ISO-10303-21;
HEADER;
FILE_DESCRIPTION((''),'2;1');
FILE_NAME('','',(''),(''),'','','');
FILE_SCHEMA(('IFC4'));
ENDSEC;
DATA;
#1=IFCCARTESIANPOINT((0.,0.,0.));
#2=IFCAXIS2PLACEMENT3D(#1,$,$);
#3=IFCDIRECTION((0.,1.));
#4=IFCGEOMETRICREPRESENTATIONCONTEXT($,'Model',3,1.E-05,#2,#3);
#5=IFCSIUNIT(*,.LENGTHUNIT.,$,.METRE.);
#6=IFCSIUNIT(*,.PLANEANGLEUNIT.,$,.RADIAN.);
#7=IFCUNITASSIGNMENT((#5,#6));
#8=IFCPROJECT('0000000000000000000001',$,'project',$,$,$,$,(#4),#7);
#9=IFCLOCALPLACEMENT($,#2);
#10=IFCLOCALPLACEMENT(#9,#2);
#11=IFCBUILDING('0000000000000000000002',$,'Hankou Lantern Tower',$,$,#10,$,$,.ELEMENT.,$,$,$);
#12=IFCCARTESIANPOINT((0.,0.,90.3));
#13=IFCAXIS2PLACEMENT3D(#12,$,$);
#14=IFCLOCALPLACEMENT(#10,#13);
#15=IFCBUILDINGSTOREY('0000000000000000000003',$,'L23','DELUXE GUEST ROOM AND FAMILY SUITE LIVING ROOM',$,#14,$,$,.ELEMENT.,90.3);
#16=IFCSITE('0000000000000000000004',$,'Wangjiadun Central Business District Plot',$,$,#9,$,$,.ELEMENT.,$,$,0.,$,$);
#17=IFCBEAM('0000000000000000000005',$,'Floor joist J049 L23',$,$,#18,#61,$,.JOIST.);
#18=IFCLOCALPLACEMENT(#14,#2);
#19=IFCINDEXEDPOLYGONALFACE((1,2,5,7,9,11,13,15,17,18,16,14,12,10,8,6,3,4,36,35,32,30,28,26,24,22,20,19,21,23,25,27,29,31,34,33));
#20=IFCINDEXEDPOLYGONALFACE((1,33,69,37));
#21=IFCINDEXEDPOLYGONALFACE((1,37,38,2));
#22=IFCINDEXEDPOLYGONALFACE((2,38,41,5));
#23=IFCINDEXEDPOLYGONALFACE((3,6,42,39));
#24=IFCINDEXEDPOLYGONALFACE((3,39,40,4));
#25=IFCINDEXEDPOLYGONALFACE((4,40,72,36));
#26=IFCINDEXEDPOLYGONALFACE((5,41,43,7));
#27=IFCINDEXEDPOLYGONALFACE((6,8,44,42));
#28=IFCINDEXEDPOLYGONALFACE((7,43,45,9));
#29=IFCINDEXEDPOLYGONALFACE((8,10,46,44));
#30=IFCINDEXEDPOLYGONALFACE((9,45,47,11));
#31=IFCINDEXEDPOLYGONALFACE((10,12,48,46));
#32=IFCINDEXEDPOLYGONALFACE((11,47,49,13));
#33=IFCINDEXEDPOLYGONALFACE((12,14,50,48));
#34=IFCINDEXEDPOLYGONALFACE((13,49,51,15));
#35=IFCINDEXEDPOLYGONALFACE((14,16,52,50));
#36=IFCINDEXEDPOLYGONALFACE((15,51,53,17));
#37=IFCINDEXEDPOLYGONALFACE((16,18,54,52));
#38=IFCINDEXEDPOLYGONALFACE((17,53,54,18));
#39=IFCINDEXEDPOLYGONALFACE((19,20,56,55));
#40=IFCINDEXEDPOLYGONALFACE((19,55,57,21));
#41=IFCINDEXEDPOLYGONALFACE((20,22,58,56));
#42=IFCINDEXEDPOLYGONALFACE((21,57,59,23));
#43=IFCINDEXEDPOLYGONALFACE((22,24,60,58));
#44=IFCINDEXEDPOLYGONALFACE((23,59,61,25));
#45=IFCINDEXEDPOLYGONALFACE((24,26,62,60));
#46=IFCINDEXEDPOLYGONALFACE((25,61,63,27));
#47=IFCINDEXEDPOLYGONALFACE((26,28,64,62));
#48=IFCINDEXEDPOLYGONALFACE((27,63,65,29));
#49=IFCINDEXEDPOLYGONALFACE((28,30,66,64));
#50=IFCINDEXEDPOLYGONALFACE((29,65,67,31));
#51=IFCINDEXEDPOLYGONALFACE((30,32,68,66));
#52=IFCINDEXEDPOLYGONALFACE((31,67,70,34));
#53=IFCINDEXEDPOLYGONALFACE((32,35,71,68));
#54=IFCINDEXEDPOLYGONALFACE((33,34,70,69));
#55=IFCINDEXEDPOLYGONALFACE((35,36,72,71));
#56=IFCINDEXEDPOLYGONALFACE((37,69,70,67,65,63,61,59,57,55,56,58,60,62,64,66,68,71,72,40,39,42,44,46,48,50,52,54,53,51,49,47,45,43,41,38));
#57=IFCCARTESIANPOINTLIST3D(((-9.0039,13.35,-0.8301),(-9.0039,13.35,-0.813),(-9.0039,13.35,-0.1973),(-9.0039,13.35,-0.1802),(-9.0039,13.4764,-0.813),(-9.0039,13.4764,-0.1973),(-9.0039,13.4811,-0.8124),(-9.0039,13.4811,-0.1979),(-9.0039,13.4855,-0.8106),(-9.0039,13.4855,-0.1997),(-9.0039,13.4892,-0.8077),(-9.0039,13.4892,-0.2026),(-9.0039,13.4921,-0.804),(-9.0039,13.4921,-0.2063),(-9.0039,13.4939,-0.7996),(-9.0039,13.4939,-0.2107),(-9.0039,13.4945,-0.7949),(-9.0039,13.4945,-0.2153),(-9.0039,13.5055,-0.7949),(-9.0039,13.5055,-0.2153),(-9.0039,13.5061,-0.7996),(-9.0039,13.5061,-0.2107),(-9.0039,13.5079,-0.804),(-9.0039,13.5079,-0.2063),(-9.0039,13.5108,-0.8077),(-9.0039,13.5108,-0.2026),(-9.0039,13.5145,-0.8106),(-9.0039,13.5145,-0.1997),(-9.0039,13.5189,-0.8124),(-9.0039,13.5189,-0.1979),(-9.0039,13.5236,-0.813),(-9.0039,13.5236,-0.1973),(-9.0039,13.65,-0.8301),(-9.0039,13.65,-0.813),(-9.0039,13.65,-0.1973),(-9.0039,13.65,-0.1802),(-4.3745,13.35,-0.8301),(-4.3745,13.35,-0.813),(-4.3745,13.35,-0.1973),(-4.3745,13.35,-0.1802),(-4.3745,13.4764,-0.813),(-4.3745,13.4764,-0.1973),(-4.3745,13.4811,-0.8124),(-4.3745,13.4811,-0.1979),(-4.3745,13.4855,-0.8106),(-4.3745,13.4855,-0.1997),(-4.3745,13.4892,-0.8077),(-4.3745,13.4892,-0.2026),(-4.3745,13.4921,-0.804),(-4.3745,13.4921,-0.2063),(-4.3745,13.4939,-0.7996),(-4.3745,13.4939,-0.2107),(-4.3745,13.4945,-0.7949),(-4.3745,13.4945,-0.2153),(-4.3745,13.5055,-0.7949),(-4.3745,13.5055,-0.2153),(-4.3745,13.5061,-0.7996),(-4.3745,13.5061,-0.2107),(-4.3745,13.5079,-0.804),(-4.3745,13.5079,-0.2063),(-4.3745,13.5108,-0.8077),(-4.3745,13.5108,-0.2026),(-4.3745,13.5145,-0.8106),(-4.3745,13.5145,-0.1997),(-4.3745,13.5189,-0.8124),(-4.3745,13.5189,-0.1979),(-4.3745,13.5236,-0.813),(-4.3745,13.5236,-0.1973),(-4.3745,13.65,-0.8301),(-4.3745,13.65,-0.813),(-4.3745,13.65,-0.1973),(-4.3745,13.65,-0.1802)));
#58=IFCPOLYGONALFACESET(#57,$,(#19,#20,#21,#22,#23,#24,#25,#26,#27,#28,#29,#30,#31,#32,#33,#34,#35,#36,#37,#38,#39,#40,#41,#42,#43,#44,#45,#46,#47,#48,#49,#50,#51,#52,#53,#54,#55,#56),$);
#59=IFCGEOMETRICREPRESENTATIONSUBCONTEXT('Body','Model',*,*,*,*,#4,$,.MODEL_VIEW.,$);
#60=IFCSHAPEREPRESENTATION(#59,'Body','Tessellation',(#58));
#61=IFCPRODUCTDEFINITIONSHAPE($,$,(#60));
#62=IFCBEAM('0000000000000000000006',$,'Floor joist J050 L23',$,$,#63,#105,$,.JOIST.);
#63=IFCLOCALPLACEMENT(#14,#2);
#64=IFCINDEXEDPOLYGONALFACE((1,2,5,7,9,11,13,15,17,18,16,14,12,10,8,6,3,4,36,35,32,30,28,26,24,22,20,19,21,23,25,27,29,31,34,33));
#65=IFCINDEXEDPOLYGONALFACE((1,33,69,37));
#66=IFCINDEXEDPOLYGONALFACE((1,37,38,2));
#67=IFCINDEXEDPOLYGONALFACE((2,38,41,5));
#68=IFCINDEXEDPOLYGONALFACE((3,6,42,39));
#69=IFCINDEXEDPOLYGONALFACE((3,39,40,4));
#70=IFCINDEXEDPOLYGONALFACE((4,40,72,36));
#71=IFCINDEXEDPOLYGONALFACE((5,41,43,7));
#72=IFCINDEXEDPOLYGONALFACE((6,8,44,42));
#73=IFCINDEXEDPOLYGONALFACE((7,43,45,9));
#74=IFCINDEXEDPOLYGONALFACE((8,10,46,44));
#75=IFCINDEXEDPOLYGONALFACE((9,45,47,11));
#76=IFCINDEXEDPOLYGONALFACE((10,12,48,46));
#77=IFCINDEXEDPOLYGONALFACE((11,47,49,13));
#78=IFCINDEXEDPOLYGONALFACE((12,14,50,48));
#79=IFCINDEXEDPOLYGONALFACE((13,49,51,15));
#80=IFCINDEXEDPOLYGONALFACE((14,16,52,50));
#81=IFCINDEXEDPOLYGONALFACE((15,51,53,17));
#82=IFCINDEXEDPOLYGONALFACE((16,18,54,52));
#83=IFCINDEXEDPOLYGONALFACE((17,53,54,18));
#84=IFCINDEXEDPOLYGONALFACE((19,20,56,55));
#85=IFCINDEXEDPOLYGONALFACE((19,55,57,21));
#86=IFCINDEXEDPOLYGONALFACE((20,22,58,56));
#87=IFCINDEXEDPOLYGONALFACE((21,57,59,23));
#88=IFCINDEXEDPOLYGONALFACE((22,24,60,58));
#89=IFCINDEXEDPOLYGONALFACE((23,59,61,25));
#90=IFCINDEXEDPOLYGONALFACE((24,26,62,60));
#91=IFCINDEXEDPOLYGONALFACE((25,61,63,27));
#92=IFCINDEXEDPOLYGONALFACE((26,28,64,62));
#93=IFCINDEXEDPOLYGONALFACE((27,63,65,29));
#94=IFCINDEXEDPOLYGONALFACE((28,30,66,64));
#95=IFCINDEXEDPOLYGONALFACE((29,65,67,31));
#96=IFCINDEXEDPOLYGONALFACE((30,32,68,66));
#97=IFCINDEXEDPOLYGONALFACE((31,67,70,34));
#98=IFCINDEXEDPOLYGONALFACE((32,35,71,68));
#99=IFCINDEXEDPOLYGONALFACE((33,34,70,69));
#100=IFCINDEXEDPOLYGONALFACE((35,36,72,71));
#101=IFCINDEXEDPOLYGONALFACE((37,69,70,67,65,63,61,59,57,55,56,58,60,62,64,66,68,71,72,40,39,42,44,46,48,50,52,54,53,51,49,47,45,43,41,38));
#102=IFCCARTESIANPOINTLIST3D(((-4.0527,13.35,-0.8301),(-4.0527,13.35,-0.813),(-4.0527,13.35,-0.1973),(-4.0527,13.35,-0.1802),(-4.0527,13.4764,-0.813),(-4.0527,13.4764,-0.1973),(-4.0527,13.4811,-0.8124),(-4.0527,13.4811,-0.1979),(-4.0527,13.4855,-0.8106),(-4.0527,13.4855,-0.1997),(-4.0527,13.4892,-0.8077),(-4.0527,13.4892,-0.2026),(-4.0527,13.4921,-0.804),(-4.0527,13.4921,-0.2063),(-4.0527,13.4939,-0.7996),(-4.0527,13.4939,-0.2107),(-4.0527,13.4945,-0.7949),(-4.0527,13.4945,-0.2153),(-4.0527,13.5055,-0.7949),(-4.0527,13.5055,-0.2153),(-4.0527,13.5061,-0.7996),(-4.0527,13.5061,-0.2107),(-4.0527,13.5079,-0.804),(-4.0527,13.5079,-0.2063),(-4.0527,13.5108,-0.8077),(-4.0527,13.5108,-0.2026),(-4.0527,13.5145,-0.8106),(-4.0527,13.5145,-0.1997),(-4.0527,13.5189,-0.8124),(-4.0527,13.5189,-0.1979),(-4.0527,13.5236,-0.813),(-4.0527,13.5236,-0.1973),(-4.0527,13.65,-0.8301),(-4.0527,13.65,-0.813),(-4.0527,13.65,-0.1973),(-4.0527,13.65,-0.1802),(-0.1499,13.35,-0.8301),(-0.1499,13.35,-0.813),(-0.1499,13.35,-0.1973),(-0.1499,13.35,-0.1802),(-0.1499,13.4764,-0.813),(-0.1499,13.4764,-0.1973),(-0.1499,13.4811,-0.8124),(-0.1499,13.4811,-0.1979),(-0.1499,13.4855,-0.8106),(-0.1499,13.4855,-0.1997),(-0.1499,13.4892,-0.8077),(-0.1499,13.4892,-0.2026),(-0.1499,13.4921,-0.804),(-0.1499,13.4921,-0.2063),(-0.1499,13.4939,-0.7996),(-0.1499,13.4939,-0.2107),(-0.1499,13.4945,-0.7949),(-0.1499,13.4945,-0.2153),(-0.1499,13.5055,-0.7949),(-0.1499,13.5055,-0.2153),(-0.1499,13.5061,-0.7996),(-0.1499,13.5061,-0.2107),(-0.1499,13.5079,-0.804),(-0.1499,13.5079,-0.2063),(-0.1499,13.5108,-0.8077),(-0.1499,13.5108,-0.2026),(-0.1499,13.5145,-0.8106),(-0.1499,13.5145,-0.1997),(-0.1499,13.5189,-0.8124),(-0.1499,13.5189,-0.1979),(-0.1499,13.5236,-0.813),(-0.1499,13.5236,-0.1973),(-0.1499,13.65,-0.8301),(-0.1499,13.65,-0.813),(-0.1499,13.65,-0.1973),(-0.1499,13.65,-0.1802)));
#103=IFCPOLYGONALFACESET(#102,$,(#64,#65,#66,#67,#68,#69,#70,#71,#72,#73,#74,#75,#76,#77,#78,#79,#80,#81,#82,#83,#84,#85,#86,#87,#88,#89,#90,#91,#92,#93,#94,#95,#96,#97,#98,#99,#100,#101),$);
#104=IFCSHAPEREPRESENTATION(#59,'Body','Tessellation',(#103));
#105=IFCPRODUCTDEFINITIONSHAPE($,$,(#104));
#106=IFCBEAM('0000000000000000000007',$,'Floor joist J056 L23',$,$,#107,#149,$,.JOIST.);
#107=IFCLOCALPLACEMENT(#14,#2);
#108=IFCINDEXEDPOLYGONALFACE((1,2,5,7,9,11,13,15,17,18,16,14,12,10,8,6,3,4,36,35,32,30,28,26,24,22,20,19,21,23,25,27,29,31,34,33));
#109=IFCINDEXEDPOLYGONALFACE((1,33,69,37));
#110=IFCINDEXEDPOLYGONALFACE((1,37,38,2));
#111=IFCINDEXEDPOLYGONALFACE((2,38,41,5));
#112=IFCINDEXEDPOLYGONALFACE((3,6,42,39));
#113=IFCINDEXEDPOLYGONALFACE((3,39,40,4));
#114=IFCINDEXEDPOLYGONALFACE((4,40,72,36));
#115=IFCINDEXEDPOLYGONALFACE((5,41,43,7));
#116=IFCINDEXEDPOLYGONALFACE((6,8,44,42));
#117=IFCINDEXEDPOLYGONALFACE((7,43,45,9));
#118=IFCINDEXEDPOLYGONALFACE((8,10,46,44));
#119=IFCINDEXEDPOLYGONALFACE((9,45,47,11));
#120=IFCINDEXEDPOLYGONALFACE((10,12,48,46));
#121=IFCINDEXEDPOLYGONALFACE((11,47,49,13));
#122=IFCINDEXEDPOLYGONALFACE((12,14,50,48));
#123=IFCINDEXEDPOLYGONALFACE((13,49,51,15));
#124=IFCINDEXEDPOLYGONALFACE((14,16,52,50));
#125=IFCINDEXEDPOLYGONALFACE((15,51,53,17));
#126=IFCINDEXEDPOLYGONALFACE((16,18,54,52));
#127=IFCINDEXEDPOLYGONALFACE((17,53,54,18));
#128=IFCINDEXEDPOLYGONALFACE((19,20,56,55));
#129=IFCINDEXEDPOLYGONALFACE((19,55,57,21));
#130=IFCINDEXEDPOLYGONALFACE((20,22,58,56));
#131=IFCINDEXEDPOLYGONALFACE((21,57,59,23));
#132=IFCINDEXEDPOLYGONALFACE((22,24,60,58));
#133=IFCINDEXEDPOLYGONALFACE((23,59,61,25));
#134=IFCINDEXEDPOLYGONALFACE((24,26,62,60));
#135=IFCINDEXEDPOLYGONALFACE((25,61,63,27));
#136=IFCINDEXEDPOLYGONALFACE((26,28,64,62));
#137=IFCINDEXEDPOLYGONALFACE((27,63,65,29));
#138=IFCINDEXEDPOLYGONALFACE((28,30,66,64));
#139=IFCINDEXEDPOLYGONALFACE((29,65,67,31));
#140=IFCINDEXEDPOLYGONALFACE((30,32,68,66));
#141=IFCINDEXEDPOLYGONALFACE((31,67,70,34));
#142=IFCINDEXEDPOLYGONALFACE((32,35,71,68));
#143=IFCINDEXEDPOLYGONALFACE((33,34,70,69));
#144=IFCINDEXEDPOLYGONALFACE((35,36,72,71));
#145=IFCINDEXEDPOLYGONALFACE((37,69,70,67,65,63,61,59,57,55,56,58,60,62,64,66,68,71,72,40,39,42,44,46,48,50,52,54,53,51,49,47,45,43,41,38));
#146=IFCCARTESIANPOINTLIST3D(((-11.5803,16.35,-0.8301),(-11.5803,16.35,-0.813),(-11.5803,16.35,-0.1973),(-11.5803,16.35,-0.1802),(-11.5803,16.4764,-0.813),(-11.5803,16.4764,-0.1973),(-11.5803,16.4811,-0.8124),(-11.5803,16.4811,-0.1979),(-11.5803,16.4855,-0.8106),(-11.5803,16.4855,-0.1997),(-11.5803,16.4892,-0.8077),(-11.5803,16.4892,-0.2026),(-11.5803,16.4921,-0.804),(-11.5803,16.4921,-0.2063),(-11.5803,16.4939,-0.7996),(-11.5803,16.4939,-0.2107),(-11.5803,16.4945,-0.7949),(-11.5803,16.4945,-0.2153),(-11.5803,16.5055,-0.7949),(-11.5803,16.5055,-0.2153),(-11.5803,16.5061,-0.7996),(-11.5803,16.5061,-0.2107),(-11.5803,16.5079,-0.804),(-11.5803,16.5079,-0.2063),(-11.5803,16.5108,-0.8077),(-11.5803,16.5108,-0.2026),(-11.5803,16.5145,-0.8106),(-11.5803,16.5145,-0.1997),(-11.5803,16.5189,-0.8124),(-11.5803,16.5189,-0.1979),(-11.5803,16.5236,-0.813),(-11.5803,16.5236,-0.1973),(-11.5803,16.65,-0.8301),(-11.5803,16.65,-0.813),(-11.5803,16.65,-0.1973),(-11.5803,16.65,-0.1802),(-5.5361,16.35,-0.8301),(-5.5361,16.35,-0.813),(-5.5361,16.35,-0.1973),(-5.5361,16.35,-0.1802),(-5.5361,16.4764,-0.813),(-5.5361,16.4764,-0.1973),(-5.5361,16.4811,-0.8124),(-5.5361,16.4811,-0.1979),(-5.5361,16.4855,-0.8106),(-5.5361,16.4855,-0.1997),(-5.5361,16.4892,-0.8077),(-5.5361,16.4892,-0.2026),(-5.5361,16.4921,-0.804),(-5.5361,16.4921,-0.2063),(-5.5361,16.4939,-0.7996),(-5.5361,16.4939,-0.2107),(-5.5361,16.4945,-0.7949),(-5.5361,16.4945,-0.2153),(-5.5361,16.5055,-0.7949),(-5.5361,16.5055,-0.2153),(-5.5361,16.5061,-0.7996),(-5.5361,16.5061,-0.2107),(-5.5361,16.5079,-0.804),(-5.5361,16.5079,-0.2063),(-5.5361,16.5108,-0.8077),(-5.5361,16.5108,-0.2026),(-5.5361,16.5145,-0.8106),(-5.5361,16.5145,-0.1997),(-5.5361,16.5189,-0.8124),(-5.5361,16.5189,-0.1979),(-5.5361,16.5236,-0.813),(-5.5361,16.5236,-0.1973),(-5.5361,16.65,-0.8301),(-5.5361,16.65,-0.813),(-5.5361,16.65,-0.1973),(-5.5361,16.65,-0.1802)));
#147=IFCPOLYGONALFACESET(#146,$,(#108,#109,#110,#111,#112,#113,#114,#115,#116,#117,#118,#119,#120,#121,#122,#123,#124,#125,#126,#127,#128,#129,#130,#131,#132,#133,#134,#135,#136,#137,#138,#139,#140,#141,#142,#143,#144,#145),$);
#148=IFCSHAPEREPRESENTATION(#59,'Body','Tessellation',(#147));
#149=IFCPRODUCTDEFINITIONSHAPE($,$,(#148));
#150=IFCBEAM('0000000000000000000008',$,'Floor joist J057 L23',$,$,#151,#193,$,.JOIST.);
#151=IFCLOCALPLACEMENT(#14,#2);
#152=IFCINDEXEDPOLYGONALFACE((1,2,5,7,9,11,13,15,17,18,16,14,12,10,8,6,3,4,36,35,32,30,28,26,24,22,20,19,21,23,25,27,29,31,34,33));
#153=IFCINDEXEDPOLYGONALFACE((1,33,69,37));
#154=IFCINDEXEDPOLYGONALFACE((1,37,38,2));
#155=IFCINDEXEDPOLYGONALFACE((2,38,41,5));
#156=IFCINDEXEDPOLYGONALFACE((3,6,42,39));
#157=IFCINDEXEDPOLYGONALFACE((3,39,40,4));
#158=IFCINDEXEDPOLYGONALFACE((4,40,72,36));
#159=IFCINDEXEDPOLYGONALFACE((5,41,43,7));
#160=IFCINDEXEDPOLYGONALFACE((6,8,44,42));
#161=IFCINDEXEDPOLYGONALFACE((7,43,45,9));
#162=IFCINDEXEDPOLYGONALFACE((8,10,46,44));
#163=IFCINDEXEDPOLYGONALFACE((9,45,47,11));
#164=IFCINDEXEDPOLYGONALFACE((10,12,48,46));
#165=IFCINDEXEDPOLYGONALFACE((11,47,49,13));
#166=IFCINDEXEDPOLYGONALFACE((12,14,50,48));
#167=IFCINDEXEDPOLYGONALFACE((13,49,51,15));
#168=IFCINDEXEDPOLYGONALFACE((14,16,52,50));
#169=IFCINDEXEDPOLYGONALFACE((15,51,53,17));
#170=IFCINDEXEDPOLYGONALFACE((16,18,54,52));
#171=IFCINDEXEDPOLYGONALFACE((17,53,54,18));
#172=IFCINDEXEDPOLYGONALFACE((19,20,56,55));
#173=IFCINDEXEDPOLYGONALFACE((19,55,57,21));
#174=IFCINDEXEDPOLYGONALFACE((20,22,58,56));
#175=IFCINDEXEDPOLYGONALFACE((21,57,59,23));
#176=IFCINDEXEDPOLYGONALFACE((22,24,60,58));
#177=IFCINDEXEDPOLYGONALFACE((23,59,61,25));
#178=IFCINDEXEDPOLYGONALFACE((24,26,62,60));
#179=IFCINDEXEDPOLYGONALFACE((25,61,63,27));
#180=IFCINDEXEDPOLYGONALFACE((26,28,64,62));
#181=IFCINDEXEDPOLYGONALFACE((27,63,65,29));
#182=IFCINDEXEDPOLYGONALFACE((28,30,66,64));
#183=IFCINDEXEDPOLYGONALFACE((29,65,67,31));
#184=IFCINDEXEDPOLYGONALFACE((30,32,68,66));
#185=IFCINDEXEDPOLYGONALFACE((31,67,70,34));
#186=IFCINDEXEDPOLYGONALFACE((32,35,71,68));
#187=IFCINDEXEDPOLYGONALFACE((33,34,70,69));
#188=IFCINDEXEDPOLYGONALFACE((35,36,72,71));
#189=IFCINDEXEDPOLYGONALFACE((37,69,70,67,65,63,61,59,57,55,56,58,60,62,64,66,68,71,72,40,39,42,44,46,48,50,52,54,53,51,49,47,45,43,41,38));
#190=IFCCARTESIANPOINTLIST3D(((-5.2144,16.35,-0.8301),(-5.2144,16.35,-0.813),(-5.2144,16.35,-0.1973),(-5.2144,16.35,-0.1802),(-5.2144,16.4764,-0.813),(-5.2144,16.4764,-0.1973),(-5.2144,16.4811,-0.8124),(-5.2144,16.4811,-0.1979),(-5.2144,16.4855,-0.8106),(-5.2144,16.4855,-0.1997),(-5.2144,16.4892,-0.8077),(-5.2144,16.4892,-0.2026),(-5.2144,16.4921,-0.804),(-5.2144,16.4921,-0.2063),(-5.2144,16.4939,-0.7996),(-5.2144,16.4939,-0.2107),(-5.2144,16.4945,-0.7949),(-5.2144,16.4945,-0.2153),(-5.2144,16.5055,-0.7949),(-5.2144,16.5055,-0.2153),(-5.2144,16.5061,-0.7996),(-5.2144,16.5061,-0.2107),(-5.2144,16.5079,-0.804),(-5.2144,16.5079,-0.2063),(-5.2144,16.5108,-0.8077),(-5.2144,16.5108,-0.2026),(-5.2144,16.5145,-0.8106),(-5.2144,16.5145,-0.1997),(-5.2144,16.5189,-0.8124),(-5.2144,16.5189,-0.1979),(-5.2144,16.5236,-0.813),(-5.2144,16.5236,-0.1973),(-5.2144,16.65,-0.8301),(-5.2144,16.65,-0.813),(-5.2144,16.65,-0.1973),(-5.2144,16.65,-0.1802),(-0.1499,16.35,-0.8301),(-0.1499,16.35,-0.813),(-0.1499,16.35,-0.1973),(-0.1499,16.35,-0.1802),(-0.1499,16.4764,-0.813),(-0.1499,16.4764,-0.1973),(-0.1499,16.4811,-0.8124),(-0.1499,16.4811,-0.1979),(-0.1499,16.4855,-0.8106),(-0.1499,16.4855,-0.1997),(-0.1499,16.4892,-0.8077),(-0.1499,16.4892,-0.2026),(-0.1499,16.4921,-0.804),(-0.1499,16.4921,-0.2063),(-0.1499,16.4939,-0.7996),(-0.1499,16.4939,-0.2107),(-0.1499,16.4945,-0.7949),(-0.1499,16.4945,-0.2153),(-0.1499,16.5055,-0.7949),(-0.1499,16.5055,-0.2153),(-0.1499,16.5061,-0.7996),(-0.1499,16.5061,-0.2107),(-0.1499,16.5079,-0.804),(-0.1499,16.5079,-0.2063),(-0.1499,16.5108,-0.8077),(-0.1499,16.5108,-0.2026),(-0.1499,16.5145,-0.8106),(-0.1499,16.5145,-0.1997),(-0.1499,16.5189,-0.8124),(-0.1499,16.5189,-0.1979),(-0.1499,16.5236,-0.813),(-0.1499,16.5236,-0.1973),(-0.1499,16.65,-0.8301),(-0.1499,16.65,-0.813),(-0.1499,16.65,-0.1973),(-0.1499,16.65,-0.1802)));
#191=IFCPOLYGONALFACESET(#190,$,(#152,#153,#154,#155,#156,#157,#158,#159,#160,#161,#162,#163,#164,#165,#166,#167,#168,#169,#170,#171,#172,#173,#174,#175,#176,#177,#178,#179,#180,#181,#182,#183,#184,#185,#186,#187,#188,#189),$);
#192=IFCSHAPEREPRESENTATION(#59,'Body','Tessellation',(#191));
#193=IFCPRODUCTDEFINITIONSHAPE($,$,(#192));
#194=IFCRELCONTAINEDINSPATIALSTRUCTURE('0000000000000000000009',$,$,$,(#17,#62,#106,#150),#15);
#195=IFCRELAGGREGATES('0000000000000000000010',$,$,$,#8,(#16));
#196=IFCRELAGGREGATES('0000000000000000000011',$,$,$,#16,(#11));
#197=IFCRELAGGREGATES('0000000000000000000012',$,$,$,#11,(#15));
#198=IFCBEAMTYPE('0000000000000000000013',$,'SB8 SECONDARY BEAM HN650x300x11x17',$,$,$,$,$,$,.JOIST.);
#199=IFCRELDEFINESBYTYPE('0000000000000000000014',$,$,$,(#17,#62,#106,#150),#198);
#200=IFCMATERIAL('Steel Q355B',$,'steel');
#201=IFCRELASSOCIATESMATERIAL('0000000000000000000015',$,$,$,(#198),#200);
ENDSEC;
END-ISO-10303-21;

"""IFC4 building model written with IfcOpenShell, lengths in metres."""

from ifc_helpers import new_model, si_unit, direction, frame, origin, origin_2d, place, context, subcontext, project, spatial, i_section, extrude, material, material_profile, profile_set, type_object, element, save


model = new_model("IFC4")

# Units and contexts
model_context = context("Model", 3, precision=1e-05, world=origin(), true_north=direction((0.0, 1.0)))
body_context = subcontext(model_context, "Body", "Model", "MODEL_VIEW")
ifc_project = project(units=[si_unit("LENGTHUNIT", "METRE"), si_unit("PLANEANGLEUNIT", "RADIAN")], contexts=[model_context])

# Site, building, storey
site_placement = place(None, origin())
site = spatial("IfcSite", under=ifc_project, at=site_placement, Name="Wangjiadun Central Business District Plot", CompositionType="ELEMENT", RefElevation=0.0)
building_placement = place(site_placement, origin())
building = spatial("IfcBuilding", under=site, at=building_placement, Name="Hankou Lantern Tower", CompositionType="ELEMENT")
storey_placement = place(building_placement, frame((0.0, 0.0, 90.3)))
storey = spatial("IfcBuildingStorey", under=building, at=storey_placement, Name="L23", Description="DELUXE GUEST ROOM AND FAMILY SUITE LIVING ROOM", CompositionType="ELEMENT", Elevation=90.3)

# Beams
ifc_material_1 = material(Name="Steel Q355B", Category="steel")
ifc_material_profile_1 = material_profile(ifc_material_1, i_section(OverallWidth=0.3, OverallDepth=0.6499, WebThickness=0.011, FlangeThickness=0.0171, FilletRadius=0.0181, at=origin_2d()), Name="HN650x300x11x17")
ifc_profile_set_1 = profile_set([ifc_material_profile_1], Name="Steel Q355B")
beam_type_1 = type_object("IfcBeamType", Name="SB8 SECONDARY BEAM HN650x300x11x17", PredefinedType="JOIST", material=ifc_profile_set_1)
beam_1_placement = place(storey_placement, frame((-9.0039, 13.5, -0.5051), z_axis=(1.0, 0.0, 0.0), x_axis=(0.0, 1.0, 0.0)))
element("IfcBeam", 1, at=beam_1_placement, inside=storey, type_object=beam_type_1, Name="Floor joist J049 L23", PredefinedType="JOIST", context=body_context, shape_type="SweptSolid", body=[
    extrude(i_section(OverallWidth=0.3, OverallDepth=0.6499, WebThickness=0.011, FlangeThickness=0.0171, FilletRadius=0.0181, at=origin_2d()), origin(), (0.0, 0.0, 1.0), 4.6294),
])
beam_2_placement = place(storey_placement, frame((-4.0527, 13.5, -0.5051), z_axis=(1.0, 0.0, 0.0), x_axis=(0.0, 1.0, 0.0)))
element("IfcBeam", 2, at=beam_2_placement, inside=storey, type_object=beam_type_1, Name="Floor joist J050 L23", PredefinedType="JOIST", context=body_context, shape_type="SweptSolid", body=[
    extrude(i_section(OverallWidth=0.3, OverallDepth=0.6499, WebThickness=0.011, FlangeThickness=0.0171, FilletRadius=0.0181, at=origin_2d()), origin(), (0.0, 0.0, 1.0), 3.9028),
])
beam_3_placement = place(storey_placement, frame((-11.5803, 16.5, -0.5051), z_axis=(1.0, 0.0, 0.0), x_axis=(0.0, 1.0, 0.0)))
element("IfcBeam", 3, at=beam_3_placement, inside=storey, type_object=beam_type_1, Name="Floor joist J056 L23", PredefinedType="JOIST", context=body_context, shape_type="SweptSolid", body=[
    extrude(i_section(OverallWidth=0.3, OverallDepth=0.6499, WebThickness=0.011, FlangeThickness=0.0171, FilletRadius=0.0181, at=origin_2d()), origin(), (0.0, 0.0, 1.0), 6.0442),
])
beam_4_placement = place(storey_placement, frame((-5.2144, 16.5, -0.5051), z_axis=(1.0, 0.0, 0.0), x_axis=(0.0, 1.0, 0.0)))
element("IfcBeam", 4, at=beam_4_placement, inside=storey, type_object=beam_type_1, Name="Floor joist J057 L23", PredefinedType="JOIST", context=body_context, shape_type="SweptSolid", body=[
    extrude(i_section(OverallWidth=0.3, OverallDepth=0.6499, WebThickness=0.011, FlangeThickness=0.0171, FilletRadius=0.0181, at=origin_2d()), origin(), (0.0, 0.0, 1.0), 5.0645),
])

save(model, "model.ifc")
